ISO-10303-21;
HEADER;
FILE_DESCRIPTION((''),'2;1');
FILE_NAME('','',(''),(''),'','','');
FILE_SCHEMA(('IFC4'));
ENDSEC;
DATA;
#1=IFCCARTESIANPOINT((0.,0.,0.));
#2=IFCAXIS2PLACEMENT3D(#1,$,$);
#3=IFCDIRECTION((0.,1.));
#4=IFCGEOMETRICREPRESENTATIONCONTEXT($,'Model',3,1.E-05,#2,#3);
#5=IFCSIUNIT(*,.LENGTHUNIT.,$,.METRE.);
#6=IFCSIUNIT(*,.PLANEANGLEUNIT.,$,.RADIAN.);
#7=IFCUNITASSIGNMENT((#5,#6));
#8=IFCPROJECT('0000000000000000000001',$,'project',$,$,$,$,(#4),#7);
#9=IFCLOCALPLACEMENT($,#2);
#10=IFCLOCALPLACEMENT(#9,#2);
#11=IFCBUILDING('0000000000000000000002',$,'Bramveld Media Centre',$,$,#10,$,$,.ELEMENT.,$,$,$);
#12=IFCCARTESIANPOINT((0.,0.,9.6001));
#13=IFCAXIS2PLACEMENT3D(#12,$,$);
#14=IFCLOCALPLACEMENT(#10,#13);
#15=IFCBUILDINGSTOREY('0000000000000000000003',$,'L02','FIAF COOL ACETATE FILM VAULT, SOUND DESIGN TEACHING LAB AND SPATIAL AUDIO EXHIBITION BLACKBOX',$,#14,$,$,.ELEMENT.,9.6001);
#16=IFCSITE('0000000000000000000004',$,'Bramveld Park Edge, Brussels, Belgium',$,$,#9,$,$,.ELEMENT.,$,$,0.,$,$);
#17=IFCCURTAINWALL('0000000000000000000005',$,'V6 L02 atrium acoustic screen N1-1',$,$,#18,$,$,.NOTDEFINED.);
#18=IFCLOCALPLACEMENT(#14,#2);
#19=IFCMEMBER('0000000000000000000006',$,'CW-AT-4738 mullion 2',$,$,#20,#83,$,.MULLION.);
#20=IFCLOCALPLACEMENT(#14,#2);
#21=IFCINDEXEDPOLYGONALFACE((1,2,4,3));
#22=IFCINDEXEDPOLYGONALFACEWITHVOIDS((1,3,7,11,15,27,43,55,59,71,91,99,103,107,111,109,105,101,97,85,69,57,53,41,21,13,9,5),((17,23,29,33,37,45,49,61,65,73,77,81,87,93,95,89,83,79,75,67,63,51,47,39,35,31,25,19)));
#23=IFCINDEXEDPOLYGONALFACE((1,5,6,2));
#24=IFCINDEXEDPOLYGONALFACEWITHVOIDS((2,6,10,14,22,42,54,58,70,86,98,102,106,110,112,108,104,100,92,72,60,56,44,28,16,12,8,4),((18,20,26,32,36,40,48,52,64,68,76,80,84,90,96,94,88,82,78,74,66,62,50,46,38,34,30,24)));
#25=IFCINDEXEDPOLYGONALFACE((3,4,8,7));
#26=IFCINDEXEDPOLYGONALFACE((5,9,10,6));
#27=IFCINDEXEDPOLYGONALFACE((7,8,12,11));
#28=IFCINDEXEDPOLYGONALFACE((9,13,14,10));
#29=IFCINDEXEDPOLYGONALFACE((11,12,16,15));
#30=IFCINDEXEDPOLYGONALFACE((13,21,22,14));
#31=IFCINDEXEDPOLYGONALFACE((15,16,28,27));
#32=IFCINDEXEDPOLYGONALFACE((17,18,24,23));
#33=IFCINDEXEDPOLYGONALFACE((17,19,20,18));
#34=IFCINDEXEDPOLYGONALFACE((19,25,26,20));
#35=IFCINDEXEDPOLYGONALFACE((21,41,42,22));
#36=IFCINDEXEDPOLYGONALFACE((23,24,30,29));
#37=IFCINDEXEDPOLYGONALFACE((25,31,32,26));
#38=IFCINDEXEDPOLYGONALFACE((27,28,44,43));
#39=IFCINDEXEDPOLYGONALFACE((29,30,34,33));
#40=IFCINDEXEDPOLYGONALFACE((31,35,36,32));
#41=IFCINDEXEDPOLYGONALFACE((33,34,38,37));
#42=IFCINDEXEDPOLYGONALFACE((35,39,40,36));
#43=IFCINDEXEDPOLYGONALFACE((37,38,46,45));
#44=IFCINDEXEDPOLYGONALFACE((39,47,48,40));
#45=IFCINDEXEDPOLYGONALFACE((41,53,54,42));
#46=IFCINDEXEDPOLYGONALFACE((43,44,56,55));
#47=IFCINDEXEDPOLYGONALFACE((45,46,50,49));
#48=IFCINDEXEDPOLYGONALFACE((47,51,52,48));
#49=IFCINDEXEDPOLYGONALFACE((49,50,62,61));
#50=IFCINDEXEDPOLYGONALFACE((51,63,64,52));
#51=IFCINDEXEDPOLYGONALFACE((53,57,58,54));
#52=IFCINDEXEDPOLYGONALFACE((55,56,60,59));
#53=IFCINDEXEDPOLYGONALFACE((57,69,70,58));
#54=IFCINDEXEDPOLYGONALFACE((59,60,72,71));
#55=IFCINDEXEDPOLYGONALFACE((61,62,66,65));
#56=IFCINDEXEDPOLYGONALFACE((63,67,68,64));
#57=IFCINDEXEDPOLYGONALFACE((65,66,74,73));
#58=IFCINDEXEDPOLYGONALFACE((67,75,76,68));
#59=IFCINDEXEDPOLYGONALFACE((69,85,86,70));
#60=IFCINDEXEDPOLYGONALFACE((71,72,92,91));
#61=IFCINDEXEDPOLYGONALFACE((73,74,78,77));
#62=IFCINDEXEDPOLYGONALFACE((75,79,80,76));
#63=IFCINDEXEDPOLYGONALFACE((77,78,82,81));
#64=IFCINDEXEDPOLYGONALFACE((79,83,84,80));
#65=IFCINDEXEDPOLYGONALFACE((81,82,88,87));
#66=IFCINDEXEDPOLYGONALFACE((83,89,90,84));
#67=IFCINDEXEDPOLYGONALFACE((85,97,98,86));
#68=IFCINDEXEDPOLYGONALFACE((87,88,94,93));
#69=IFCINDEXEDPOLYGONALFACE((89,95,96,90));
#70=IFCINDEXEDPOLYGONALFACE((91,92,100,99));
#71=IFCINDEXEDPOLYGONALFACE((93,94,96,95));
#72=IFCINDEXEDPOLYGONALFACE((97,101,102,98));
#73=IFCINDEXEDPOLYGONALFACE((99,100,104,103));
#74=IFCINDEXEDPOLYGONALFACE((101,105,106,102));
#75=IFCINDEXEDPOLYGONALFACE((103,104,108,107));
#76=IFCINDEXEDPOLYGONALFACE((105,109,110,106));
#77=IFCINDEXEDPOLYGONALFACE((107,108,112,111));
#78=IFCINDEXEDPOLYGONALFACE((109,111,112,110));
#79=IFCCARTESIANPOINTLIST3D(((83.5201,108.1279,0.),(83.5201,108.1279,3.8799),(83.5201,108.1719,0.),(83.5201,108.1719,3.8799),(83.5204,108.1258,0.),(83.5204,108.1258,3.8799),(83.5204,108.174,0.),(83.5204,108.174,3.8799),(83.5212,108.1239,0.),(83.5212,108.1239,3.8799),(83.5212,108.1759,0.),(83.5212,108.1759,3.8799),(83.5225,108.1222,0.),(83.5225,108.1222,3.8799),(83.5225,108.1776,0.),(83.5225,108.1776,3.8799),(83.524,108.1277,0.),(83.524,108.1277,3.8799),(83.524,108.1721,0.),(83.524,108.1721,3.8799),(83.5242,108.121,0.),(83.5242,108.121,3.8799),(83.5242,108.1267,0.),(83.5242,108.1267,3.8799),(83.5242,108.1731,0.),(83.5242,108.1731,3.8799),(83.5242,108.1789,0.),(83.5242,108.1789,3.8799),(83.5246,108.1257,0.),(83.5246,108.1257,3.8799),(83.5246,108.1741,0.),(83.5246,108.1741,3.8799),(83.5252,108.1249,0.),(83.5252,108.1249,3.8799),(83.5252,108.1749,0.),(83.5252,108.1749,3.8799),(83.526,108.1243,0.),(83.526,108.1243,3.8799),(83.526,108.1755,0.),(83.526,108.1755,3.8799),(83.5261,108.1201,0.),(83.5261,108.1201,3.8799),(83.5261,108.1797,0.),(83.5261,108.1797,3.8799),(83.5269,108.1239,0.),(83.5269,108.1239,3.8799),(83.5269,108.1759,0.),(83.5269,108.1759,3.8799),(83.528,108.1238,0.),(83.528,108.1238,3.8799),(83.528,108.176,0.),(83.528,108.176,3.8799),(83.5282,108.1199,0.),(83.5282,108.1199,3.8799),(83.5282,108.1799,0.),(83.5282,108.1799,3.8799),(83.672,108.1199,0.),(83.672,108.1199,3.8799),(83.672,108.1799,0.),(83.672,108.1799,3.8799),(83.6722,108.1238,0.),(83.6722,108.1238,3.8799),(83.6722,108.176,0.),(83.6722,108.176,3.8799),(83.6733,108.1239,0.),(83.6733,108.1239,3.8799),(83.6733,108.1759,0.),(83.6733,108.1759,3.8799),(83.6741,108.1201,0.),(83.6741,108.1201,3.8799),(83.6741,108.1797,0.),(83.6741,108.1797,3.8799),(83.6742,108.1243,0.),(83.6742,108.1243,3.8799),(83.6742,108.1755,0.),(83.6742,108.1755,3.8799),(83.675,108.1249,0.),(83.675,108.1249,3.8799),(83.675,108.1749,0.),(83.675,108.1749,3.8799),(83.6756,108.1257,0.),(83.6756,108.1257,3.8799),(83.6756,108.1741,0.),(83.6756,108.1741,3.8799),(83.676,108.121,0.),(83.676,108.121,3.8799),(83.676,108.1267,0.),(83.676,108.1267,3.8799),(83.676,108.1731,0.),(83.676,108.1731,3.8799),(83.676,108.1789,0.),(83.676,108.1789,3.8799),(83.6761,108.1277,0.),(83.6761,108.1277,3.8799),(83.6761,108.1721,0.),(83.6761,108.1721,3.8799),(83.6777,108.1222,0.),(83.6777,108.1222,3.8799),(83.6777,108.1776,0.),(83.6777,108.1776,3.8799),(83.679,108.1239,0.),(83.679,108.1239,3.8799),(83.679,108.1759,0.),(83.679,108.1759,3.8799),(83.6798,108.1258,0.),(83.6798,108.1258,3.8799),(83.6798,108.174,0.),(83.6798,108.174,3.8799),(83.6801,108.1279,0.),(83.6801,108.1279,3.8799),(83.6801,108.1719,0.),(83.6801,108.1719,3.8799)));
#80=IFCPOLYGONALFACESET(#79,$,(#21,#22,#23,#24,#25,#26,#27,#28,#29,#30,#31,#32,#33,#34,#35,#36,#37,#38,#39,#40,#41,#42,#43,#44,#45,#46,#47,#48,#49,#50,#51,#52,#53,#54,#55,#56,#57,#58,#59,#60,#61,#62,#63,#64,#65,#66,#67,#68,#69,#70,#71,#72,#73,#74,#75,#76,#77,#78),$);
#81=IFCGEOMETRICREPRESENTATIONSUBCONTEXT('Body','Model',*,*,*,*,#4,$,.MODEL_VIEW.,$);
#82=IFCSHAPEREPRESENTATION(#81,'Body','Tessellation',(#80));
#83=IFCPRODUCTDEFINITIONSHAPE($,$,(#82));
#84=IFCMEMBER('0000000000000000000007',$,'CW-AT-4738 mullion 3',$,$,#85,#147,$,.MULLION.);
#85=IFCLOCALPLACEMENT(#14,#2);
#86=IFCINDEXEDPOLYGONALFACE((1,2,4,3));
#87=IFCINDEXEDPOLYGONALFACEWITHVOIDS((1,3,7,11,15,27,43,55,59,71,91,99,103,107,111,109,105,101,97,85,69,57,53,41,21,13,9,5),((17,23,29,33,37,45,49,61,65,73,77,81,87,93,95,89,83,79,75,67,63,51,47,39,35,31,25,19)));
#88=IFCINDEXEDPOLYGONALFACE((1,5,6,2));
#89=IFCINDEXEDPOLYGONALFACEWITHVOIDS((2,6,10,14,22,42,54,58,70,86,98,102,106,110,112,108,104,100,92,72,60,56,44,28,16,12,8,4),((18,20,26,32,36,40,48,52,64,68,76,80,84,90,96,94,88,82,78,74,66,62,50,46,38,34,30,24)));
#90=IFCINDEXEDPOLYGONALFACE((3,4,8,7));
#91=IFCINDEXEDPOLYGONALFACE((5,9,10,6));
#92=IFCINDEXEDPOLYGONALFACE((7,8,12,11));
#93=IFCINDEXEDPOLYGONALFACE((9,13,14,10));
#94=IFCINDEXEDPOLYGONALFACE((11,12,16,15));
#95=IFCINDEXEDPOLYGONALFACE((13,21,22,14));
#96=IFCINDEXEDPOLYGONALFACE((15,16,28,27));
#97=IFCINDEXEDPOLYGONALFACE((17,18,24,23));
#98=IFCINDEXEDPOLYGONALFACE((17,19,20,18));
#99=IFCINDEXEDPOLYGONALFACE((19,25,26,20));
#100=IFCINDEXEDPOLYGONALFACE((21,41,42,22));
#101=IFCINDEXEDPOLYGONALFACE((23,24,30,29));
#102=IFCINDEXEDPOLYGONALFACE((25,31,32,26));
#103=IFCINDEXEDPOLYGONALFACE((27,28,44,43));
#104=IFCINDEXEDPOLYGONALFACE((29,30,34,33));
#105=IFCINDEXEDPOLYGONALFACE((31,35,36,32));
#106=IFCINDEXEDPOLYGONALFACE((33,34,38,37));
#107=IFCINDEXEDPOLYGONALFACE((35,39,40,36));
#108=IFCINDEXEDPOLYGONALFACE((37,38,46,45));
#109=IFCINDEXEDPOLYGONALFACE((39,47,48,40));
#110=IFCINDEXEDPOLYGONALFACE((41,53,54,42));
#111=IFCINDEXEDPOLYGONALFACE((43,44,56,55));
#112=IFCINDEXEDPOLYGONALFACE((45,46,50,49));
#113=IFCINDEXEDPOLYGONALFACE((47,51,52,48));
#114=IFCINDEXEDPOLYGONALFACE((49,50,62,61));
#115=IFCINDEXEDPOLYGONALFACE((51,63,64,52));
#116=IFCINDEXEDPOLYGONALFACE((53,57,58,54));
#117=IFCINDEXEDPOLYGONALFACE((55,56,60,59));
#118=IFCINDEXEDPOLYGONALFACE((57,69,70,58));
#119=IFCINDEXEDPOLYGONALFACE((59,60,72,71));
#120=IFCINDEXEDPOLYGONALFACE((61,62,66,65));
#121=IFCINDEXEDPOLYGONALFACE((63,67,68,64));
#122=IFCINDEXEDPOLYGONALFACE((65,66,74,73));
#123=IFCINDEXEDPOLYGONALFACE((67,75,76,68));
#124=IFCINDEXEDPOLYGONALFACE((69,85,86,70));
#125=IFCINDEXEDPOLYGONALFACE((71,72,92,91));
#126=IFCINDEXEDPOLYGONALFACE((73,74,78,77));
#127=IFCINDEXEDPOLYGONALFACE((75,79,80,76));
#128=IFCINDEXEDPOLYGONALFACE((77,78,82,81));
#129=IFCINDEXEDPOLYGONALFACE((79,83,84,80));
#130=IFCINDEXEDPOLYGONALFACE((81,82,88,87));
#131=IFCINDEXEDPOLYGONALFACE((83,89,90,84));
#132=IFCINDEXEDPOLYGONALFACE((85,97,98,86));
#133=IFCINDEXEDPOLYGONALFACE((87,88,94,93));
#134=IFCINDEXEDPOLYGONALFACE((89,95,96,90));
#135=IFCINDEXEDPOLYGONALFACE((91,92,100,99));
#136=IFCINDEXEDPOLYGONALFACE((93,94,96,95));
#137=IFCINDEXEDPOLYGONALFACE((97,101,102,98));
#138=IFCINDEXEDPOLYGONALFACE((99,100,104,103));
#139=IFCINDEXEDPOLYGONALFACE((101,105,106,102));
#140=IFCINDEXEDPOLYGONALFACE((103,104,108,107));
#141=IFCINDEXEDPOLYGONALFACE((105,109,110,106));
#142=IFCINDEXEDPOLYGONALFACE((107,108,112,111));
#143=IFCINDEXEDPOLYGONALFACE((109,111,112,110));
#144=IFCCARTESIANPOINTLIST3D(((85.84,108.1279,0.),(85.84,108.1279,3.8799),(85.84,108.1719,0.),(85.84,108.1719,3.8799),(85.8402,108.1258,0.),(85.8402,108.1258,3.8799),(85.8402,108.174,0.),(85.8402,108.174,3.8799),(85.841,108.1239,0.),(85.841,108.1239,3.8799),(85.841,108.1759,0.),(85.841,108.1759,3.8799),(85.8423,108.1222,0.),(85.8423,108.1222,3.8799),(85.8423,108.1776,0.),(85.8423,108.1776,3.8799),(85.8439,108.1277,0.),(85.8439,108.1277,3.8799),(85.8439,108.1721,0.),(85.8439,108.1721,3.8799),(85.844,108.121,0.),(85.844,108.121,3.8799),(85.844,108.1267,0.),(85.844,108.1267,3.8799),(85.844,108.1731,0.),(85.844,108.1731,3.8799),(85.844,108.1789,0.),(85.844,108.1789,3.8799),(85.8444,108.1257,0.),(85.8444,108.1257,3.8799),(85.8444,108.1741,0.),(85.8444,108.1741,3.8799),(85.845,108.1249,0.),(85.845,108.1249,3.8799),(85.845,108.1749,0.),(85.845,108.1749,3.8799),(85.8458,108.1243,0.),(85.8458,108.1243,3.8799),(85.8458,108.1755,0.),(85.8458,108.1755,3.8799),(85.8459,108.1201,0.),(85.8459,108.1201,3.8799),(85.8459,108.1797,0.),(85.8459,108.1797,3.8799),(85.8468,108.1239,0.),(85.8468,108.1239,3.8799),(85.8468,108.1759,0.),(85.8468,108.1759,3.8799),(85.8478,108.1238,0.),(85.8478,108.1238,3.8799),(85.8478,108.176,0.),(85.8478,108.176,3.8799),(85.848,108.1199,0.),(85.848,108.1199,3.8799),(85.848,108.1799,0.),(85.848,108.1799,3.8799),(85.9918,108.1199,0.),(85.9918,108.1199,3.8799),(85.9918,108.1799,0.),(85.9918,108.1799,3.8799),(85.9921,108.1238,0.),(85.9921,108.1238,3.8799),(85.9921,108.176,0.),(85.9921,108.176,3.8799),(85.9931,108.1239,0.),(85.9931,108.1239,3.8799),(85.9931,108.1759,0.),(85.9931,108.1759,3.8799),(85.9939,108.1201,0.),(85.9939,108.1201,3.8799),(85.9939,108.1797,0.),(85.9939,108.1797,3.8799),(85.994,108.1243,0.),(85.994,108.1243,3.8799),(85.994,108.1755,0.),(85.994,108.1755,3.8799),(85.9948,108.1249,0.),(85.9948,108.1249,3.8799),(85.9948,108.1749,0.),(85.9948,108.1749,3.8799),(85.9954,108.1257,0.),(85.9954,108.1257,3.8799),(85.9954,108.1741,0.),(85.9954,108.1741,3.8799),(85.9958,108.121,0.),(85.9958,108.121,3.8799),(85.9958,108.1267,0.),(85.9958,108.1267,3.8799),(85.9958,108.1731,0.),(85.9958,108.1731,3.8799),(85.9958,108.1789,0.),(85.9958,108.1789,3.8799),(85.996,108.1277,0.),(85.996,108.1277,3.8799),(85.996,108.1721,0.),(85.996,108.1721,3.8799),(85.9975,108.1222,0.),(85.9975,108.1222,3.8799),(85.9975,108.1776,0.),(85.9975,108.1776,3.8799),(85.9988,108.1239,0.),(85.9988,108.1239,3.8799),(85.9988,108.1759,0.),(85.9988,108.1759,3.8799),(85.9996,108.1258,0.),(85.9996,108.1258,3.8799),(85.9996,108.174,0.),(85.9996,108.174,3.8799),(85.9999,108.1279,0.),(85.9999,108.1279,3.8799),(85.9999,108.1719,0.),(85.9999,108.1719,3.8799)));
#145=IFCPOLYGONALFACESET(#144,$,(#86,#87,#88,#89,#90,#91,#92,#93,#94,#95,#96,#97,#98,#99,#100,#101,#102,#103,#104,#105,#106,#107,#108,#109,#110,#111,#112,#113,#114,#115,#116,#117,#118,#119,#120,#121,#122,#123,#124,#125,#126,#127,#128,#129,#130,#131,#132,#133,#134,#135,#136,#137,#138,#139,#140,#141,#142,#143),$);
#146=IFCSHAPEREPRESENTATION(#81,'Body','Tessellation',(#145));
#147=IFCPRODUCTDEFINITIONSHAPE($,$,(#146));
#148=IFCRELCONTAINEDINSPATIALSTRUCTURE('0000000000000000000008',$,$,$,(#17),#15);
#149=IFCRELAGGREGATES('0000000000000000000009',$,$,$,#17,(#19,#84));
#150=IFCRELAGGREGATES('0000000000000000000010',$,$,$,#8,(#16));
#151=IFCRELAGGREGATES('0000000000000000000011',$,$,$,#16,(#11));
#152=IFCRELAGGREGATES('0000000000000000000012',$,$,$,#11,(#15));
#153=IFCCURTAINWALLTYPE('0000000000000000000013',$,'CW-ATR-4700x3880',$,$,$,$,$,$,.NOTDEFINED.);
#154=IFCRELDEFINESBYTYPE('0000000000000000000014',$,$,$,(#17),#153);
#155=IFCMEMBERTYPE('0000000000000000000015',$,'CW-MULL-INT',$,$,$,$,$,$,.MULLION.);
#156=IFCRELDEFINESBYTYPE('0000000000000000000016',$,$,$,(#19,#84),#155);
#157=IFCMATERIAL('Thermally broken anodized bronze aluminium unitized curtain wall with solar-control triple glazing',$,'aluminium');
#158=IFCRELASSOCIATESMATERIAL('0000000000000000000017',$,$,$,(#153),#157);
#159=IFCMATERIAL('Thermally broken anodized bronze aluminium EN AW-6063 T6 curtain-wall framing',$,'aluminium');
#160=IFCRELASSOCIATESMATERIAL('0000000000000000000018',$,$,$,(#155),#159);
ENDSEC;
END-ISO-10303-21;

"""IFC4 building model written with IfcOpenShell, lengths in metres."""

from ifc_helpers import new_model, si_unit, direction, frame, origin, origin_2d, place, context, subcontext, project, spatial, hollow_rectangle, extrude, material, material_profile, profile_set, type_object, element, aggregate, save


model = new_model("IFC4")

# Units and contexts
model_context = context("Model", 3, precision=1e-05, world=origin(), true_north=direction((0.0, 1.0)))
body_context = subcontext(model_context, "Body", "Model", "MODEL_VIEW")
ifc_project = project(units=[si_unit("LENGTHUNIT", "METRE"), si_unit("PLANEANGLEUNIT", "RADIAN")], contexts=[model_context])

# Site, building, storey
site_placement = place(None, origin())
site = spatial("IfcSite", under=ifc_project, at=site_placement, Name="Bramveld Park Edge, Brussels, Belgium", CompositionType="ELEMENT", RefElevation=0.0)
building_placement = place(site_placement, origin())
building = spatial("IfcBuilding", under=site, at=building_placement, Name="Bramveld Media Centre", CompositionType="ELEMENT")
storey_placement = place(building_placement, frame((0.0, 0.0, 9.6001)))
storey = spatial("IfcBuildingStorey", under=building, at=storey_placement, Name="L02", Description="FIAF COOL ACETATE FILM VAULT, SOUND DESIGN TEACHING LAB AND SPATIAL AUDIO EXHIBITION BLACKBOX", CompositionType="ELEMENT", Elevation=9.6001)

# Curtain wall, members
ifc_material_1 = material(Name="Thermally broken anodized bronze aluminium unitized curtain wall with solar-control triple glazing", Category="aluminium")
curtain_wall_type_1 = type_object("IfcCurtainWallType", Name="CW-ATR-4700x3880", PredefinedType="NOTDEFINED", material=ifc_material_1)
curtain_wall_1_placement = place(storey_placement, origin())
curtain_wall_1 = element("IfcCurtainWall", 1, at=curtain_wall_1_placement, inside=storey, type_object=curtain_wall_type_1, Name="V6 L02 atrium acoustic screen N1-1", PredefinedType="NOTDEFINED")
ifc_material_2 = material(Name="Thermally broken anodized bronze aluminium EN AW-6063 T6 curtain-wall framing", Category="aluminium")
ifc_material_profile_1 = material_profile(ifc_material_2, hollow_rectangle(XDim=0.0601, YDim=0.1599, WallThickness=0.0039, InnerFilletRadius=0.0039, OuterFilletRadius=0.0081, at=origin_2d()), Name="AL-MULL 60x160")
ifc_profile_set_1 = profile_set([ifc_material_profile_1], Name="Thermally broken anodized bronze aluminium EN AW-6063 T6 curtain-wall framing")
member_type_1 = type_object("IfcMemberType", Name="CW-MULL-INT", PredefinedType="MULLION", material=ifc_profile_set_1)
member_1_placement = place(storey_placement, frame((83.6001, 108.1499, 0.0), z_axis=(0.0, 0.0, 1.0), x_axis=(0.0, 1.0, 0.0)))
member_1 = element("IfcMember", 2, at=member_1_placement, type_object=member_type_1, Name="CW-AT-4738 mullion 2", PredefinedType="MULLION", context=body_context, shape_type="SweptSolid", body=[
    extrude(hollow_rectangle(XDim=0.0601, YDim=0.1599, WallThickness=0.0039, InnerFilletRadius=0.0039, OuterFilletRadius=0.0081, at=origin_2d()), origin(), (0.0, 0.0, 1.0), 3.8799),
])
member_2_placement = place(storey_placement, frame((85.9199, 108.1499, 0.0), z_axis=(0.0, 0.0, 1.0), x_axis=(0.0, 1.0, 0.0)))
member_2 = element("IfcMember", 3, at=member_2_placement, type_object=member_type_1, Name="CW-AT-4738 mullion 3", PredefinedType="MULLION", context=body_context, shape_type="SweptSolid", body=[
    extrude(hollow_rectangle(XDim=0.0601, YDim=0.1599, WallThickness=0.0039, InnerFilletRadius=0.0039, OuterFilletRadius=0.0081, at=origin_2d()), origin(), (0.0, 0.0, 1.0), 3.8799),
])

aggregate(curtain_wall_1, [member_1, member_2])

save(model, "model.ifc")
